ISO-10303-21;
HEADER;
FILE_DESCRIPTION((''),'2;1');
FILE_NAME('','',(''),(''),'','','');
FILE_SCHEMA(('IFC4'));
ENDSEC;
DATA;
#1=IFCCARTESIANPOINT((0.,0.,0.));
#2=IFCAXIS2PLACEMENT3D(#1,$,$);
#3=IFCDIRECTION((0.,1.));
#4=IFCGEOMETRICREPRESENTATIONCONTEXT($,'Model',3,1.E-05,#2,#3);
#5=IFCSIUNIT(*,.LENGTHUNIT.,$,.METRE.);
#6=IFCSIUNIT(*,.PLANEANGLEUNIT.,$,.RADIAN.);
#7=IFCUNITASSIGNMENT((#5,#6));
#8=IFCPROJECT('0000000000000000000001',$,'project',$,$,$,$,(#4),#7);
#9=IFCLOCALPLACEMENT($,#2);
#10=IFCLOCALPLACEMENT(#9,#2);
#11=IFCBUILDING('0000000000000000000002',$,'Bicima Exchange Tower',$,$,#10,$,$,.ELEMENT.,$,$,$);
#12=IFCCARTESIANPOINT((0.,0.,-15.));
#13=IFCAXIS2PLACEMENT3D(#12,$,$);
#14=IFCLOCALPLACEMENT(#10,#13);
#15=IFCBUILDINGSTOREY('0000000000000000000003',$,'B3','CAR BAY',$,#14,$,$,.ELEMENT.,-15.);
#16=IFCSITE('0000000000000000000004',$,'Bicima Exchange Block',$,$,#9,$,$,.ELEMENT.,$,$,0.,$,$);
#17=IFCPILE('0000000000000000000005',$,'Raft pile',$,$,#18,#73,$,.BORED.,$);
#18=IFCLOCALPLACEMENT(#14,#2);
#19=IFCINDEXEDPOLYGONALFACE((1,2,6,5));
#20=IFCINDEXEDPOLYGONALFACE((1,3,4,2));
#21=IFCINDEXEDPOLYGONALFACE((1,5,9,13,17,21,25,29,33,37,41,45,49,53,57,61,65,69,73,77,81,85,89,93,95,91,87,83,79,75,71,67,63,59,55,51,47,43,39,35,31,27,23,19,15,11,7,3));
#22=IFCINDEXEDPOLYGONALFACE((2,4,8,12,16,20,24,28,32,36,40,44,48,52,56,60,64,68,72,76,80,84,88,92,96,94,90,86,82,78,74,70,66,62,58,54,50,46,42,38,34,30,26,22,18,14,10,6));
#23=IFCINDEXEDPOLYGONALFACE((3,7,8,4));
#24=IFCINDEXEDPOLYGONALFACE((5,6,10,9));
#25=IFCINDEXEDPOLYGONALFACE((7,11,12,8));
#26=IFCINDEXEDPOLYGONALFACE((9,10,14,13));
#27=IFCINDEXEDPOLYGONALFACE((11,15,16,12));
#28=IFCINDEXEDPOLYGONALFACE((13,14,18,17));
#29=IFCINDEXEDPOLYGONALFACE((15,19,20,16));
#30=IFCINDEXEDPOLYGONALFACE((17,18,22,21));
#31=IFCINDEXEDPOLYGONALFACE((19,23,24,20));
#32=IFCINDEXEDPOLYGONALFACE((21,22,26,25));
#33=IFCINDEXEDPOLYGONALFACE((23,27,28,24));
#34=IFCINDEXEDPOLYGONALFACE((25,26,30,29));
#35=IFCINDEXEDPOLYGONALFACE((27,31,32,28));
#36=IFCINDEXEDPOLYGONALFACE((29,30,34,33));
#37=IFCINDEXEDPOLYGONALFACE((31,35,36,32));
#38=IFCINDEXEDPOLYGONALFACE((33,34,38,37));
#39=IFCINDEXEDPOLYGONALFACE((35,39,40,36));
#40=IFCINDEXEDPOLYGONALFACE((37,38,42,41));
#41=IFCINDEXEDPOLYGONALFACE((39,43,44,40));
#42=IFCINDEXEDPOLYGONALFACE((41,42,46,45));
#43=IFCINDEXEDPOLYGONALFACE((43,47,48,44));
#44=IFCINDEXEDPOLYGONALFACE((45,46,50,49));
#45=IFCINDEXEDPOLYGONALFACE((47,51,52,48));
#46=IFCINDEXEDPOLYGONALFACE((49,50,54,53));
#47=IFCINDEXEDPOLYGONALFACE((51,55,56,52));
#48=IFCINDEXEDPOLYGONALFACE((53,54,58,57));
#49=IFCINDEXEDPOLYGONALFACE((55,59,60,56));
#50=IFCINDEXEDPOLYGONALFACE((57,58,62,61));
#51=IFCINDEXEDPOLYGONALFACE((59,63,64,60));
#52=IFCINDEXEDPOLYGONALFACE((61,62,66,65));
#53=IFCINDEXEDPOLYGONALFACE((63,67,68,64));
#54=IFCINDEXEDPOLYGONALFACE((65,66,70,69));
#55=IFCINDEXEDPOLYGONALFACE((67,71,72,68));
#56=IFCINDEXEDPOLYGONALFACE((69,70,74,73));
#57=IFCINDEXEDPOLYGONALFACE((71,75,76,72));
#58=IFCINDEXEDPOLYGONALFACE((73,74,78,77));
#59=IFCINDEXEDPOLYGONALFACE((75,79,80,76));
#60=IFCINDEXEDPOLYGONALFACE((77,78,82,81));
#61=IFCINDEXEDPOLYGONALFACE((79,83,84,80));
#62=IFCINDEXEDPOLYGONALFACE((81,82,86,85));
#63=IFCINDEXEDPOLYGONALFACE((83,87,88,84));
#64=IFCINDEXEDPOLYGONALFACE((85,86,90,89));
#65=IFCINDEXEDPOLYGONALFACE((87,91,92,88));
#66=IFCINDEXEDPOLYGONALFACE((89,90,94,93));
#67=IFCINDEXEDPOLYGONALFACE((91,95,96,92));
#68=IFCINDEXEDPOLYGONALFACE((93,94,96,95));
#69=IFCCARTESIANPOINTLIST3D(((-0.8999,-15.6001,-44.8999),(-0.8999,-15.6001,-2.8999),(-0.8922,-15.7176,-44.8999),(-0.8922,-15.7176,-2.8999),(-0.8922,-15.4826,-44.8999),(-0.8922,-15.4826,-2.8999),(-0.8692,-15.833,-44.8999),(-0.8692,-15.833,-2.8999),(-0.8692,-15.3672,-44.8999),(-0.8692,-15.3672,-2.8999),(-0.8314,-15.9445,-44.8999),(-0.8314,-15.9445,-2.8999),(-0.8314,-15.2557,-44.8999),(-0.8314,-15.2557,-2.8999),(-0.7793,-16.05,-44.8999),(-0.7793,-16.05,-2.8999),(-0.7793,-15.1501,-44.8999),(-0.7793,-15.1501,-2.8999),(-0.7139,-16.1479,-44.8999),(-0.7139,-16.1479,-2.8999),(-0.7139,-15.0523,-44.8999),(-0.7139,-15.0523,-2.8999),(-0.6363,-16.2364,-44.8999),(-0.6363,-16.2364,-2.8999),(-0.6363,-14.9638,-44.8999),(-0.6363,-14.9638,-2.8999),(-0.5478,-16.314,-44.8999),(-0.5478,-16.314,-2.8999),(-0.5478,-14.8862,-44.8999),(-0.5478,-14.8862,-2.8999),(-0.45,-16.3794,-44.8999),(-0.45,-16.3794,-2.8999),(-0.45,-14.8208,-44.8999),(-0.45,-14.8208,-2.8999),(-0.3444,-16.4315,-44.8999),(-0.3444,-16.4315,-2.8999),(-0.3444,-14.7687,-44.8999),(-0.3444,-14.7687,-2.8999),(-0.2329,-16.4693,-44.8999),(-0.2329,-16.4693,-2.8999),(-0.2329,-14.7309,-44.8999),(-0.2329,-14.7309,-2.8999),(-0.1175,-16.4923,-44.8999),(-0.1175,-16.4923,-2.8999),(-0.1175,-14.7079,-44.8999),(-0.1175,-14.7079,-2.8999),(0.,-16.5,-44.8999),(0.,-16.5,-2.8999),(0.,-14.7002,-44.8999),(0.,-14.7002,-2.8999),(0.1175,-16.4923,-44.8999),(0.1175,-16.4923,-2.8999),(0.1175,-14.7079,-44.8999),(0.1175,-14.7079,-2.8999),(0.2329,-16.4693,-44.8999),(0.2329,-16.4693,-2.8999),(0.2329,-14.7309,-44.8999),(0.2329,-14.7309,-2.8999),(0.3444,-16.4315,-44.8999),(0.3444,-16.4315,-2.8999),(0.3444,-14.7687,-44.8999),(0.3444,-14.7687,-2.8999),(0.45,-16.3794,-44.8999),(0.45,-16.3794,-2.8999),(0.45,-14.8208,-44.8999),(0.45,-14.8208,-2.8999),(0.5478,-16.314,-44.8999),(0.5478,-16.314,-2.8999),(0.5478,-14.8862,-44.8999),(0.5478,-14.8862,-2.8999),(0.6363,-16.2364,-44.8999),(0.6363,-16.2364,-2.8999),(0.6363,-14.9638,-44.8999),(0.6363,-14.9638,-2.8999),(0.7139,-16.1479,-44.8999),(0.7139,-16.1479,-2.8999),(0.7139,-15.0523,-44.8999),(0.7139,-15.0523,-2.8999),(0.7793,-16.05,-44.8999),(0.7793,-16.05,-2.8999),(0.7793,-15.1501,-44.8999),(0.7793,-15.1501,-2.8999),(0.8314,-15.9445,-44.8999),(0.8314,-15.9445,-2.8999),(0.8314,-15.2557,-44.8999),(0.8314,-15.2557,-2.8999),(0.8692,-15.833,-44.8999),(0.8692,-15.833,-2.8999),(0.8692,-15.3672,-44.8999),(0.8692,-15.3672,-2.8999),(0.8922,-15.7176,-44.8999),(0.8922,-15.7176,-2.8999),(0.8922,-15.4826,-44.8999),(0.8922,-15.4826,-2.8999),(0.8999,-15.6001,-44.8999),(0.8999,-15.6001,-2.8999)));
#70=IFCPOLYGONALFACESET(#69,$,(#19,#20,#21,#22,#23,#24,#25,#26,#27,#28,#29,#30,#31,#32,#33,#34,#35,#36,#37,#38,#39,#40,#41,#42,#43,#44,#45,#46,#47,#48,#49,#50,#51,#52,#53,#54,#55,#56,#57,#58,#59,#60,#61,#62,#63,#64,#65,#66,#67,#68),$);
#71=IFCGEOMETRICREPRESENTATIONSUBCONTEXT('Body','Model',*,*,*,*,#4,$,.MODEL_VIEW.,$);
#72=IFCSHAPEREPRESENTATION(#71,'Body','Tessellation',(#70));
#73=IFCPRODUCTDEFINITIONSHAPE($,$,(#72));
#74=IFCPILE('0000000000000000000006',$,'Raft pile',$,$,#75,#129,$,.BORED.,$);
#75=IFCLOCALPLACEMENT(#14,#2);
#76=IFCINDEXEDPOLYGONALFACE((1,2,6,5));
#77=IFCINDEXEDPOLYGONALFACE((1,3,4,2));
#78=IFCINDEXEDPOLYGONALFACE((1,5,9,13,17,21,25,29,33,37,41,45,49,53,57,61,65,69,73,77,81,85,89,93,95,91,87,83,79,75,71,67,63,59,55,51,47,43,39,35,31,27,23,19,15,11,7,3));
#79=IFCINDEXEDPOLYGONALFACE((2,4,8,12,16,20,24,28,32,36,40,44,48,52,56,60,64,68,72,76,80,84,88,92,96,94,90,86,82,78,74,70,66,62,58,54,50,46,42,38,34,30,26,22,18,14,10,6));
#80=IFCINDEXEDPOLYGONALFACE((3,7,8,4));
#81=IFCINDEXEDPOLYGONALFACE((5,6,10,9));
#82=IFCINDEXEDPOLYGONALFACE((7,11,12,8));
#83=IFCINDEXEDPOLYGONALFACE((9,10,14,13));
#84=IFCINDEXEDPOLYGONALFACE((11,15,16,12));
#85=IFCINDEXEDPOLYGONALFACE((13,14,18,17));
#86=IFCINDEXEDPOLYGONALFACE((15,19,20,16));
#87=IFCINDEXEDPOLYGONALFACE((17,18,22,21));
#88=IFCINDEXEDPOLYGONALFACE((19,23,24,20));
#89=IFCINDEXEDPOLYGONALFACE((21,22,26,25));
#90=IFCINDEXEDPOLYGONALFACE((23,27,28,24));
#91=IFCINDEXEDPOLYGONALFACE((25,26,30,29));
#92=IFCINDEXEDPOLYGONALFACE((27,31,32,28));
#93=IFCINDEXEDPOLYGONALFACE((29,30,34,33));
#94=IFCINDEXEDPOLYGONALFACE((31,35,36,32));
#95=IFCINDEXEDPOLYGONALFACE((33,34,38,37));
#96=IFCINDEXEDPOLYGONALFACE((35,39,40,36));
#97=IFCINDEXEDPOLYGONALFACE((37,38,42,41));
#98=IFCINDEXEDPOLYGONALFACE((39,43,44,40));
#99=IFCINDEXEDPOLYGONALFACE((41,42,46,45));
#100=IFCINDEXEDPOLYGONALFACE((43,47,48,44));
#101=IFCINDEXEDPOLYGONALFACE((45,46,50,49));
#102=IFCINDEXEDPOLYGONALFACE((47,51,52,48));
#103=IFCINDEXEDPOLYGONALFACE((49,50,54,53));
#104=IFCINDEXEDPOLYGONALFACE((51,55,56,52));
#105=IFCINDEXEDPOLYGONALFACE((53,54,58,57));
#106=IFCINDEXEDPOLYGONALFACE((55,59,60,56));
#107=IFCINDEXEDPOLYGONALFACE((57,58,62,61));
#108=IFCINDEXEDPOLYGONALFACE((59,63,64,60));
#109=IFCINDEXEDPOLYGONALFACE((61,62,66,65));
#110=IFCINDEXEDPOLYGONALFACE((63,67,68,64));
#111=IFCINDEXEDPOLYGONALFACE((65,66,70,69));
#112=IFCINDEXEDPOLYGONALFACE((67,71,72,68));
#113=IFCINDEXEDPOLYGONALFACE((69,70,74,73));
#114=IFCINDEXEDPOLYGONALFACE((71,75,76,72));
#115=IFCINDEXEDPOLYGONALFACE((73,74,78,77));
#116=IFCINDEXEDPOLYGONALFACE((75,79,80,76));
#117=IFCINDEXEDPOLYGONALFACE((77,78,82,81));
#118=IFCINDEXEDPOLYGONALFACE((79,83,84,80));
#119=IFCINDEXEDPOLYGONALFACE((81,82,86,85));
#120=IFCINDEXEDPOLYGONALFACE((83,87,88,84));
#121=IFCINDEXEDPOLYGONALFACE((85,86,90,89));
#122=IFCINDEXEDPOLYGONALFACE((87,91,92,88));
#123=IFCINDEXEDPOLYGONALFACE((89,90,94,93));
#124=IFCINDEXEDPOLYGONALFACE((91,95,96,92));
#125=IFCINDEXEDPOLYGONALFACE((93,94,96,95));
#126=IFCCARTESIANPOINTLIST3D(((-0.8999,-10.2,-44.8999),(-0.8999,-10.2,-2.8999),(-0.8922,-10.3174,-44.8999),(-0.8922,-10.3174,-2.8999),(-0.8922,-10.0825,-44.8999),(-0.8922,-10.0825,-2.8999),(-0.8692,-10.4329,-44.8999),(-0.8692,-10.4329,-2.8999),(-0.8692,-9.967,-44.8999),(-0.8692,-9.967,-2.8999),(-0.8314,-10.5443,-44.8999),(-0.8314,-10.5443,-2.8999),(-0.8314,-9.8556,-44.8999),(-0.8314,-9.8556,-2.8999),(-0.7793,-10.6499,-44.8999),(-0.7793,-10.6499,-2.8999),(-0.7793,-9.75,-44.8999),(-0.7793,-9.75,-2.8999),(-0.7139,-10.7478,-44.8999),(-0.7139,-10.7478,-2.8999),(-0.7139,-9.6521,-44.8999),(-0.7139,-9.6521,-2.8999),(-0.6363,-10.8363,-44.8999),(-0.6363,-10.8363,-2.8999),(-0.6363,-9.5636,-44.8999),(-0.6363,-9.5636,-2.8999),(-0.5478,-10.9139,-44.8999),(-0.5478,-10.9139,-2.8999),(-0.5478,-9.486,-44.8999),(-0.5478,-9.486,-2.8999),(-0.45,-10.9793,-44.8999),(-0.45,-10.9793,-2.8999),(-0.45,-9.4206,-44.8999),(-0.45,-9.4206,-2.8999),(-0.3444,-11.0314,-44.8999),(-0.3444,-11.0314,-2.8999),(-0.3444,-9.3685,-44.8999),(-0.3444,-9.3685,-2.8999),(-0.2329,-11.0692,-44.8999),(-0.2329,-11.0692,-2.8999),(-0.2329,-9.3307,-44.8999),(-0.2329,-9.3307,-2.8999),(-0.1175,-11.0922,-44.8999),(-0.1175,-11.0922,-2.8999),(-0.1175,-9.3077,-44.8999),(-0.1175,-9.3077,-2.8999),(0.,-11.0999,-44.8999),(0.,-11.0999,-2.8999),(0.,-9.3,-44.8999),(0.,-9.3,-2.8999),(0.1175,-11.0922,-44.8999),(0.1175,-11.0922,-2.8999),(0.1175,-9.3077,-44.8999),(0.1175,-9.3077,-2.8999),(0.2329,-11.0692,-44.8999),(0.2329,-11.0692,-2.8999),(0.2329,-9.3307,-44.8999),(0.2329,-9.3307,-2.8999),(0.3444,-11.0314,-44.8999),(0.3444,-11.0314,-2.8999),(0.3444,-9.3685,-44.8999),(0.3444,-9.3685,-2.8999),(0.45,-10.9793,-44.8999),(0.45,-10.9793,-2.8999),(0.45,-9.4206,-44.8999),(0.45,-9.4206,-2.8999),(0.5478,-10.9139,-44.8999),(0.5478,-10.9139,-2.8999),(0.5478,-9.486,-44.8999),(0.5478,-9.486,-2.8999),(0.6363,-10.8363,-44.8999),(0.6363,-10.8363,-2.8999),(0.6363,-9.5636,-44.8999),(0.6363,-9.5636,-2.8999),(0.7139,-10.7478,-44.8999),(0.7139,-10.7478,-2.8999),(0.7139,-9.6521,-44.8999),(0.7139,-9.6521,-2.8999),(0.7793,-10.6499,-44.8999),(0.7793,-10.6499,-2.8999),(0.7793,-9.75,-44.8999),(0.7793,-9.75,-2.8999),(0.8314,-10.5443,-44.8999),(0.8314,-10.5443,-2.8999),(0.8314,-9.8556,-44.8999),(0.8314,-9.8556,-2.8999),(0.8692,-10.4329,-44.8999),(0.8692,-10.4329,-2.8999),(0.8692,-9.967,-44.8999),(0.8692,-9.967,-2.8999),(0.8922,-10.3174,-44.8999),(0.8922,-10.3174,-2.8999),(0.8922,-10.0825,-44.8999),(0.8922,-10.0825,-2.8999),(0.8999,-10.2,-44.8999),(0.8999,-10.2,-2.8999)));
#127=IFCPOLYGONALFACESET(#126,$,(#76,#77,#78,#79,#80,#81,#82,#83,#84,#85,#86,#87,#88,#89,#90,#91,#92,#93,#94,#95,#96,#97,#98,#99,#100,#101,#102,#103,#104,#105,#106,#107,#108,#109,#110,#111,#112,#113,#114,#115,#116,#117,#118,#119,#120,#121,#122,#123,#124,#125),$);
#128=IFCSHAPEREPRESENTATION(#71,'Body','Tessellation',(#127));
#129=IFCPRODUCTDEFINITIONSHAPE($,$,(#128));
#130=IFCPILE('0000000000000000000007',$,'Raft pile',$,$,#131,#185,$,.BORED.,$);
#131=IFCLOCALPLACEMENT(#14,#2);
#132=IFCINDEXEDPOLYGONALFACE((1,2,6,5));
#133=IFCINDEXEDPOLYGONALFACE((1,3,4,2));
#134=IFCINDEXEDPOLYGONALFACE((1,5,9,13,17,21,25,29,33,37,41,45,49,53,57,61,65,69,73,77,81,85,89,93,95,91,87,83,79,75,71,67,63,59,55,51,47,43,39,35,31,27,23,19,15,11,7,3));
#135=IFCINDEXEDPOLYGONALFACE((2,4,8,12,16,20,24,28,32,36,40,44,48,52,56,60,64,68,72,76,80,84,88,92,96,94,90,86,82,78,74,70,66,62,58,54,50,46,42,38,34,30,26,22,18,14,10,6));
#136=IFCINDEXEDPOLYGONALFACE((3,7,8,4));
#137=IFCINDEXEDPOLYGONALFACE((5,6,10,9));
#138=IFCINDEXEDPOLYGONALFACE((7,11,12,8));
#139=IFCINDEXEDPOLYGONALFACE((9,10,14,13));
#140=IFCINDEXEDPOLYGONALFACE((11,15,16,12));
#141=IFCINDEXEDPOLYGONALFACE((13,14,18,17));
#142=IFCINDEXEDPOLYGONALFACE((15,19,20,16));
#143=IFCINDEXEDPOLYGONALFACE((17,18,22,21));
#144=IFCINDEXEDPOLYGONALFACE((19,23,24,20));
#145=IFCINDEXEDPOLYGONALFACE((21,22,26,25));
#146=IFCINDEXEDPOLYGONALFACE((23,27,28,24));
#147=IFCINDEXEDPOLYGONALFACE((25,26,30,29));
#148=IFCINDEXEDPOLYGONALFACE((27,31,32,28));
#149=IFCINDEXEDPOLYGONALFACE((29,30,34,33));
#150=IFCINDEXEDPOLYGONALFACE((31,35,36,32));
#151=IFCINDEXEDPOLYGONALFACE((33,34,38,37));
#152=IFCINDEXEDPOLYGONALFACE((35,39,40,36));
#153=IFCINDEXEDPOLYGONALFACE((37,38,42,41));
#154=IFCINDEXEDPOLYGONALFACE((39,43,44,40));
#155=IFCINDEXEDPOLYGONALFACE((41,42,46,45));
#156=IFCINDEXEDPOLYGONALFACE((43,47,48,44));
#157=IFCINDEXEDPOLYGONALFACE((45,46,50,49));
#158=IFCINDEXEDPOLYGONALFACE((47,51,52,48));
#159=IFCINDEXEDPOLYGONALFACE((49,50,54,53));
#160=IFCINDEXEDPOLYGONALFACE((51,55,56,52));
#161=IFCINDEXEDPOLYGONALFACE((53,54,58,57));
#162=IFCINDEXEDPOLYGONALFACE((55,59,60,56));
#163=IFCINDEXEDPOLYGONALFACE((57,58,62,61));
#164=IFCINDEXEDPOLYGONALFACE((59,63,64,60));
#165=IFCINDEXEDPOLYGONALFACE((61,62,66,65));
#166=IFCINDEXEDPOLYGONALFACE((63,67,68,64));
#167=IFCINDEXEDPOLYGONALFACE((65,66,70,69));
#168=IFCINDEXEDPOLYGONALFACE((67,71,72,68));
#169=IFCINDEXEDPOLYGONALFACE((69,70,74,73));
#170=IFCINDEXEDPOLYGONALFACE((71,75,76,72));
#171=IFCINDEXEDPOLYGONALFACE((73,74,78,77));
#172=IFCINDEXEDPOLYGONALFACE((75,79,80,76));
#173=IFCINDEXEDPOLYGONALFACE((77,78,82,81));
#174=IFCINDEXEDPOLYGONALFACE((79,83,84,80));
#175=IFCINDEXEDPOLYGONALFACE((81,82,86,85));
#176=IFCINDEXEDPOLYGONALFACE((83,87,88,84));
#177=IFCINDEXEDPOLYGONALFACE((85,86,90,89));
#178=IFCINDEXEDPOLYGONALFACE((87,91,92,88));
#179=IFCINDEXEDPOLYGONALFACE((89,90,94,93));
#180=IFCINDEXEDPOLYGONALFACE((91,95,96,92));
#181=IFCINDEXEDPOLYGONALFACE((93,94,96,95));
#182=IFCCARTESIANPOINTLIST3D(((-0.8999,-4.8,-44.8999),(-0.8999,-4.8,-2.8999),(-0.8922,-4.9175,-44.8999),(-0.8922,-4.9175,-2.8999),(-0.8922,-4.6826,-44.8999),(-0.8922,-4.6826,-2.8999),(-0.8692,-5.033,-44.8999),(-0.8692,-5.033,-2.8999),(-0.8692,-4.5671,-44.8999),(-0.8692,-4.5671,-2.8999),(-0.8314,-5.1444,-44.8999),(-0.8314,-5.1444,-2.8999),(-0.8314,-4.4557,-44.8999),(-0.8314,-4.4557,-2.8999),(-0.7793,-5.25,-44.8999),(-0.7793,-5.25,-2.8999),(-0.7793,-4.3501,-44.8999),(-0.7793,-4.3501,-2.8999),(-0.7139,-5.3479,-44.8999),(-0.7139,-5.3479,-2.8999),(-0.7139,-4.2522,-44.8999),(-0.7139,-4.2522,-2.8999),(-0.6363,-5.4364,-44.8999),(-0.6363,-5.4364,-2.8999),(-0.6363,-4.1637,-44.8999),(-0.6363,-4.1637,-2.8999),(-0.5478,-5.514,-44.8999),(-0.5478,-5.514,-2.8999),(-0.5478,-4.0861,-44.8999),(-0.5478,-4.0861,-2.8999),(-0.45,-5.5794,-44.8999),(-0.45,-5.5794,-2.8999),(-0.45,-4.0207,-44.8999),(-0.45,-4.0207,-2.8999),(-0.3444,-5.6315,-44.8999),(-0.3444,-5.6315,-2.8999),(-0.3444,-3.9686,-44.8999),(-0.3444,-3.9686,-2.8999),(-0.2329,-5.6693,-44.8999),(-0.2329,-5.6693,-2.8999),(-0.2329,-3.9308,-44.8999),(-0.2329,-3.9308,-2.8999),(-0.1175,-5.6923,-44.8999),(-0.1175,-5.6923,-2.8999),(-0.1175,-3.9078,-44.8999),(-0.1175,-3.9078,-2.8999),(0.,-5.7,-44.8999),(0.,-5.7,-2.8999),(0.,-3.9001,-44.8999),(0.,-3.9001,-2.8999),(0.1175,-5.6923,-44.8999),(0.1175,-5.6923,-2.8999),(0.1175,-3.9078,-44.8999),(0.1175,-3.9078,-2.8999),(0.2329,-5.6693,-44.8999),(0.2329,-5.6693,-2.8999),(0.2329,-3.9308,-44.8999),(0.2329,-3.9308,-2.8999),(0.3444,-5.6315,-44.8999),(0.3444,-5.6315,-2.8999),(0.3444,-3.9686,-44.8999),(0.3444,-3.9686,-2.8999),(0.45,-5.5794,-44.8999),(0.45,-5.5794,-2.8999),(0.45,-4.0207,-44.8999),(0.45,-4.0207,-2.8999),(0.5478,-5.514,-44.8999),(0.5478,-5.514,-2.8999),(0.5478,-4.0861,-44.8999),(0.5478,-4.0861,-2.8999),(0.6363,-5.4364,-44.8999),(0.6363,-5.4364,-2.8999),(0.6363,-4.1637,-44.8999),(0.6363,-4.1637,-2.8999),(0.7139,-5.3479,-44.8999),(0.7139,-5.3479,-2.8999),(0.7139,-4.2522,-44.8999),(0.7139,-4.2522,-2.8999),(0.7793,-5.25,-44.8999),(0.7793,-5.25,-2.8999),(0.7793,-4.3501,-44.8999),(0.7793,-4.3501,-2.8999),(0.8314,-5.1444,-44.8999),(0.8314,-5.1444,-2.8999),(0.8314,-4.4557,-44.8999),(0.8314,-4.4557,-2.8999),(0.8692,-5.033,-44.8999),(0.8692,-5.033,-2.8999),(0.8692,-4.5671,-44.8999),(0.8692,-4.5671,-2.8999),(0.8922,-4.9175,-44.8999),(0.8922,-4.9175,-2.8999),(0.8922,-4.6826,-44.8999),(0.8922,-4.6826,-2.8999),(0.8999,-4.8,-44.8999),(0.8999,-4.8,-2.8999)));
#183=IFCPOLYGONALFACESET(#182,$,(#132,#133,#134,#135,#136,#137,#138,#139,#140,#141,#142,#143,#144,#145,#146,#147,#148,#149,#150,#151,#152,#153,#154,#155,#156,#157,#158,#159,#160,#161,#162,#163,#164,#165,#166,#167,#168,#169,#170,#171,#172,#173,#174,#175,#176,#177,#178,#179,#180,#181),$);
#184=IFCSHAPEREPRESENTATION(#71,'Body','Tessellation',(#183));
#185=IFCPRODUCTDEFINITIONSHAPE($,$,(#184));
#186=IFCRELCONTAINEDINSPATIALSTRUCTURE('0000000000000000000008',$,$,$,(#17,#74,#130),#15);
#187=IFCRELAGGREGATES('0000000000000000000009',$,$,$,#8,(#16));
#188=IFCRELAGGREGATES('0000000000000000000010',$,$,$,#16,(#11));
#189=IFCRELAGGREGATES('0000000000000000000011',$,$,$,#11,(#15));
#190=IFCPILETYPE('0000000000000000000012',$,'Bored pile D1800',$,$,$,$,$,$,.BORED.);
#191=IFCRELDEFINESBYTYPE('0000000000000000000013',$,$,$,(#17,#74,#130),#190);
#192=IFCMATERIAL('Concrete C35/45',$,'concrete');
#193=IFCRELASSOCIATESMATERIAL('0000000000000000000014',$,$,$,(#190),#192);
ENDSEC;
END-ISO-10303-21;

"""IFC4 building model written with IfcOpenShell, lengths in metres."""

from ifc_helpers import new_model, si_unit, direction, frame, origin, origin_2d, place, context, subcontext, project, spatial, circle, extrude, material, material_profile, profile_set, type_object, element, save


model = new_model("IFC4")

# Units and contexts
model_context = context("Model", 3, precision=1e-05, world=origin(), true_north=direction((0.0, 1.0)))
body_context = subcontext(model_context, "Body", "Model", "MODEL_VIEW")
ifc_project = project(units=[si_unit("LENGTHUNIT", "METRE"), si_unit("PLANEANGLEUNIT", "RADIAN")], contexts=[model_context])

# Site, building, storey
site_placement = place(None, origin())
site = spatial("IfcSite", under=ifc_project, at=site_placement, Name="Bicima Exchange Block", CompositionType="ELEMENT", RefElevation=0.0)
building_placement = place(site_placement, origin())
building = spatial("IfcBuilding", under=site, at=building_placement, Name="Bicima Exchange Tower", CompositionType="ELEMENT")
storey_placement = place(building_placement, frame((0.0, 0.0, -15.0)))
storey = spatial("IfcBuildingStorey", under=building, at=storey_placement, Name="B3", Description="CAR BAY", CompositionType="ELEMENT", Elevation=-15.0)

# Piles
ifc_material_1 = material(Name="Concrete C35/45", Category="concrete")
ifc_material_profile = material_profile(ifc_material_1, circle(Radius=0.8999, at=origin_2d()))
ifc_profile_set = profile_set([ifc_material_profile], Name="Concrete C35/45")
pile_type = type_object("IfcPileType", Name="Bored pile D1800", PredefinedType="BORED", material=ifc_profile_set)
for number, where, z_axis, x_axis, name in (
    (1, (0.0, -15.6001, -2.8999), (0.0, 0.0, -1.0), (1.0, 0.0, 0.0), "Raft pile"),
    (2, (0.0, -10.2, -2.8999), (0.0, 0.0, -1.0), (1.0, 0.0, 0.0), "Raft pile"),
    (3, (0.0, -4.8, -2.8999), (0.0, 0.0, -1.0), (1.0, 0.0, 0.0), "Raft pile"),
):
    element("IfcPile", number, at=place(storey_placement, frame(where, z_axis=z_axis, x_axis=x_axis)), inside=storey, type_object=pile_type, Name=name, PredefinedType="BORED", context=body_context, shape_type="SweptSolid", body=[
        extrude(circle(Radius=0.8999, at=origin_2d()), origin(), (0.0, 0.0, 1.0), 42.0),
    ])

save(model, "model.ifc")
